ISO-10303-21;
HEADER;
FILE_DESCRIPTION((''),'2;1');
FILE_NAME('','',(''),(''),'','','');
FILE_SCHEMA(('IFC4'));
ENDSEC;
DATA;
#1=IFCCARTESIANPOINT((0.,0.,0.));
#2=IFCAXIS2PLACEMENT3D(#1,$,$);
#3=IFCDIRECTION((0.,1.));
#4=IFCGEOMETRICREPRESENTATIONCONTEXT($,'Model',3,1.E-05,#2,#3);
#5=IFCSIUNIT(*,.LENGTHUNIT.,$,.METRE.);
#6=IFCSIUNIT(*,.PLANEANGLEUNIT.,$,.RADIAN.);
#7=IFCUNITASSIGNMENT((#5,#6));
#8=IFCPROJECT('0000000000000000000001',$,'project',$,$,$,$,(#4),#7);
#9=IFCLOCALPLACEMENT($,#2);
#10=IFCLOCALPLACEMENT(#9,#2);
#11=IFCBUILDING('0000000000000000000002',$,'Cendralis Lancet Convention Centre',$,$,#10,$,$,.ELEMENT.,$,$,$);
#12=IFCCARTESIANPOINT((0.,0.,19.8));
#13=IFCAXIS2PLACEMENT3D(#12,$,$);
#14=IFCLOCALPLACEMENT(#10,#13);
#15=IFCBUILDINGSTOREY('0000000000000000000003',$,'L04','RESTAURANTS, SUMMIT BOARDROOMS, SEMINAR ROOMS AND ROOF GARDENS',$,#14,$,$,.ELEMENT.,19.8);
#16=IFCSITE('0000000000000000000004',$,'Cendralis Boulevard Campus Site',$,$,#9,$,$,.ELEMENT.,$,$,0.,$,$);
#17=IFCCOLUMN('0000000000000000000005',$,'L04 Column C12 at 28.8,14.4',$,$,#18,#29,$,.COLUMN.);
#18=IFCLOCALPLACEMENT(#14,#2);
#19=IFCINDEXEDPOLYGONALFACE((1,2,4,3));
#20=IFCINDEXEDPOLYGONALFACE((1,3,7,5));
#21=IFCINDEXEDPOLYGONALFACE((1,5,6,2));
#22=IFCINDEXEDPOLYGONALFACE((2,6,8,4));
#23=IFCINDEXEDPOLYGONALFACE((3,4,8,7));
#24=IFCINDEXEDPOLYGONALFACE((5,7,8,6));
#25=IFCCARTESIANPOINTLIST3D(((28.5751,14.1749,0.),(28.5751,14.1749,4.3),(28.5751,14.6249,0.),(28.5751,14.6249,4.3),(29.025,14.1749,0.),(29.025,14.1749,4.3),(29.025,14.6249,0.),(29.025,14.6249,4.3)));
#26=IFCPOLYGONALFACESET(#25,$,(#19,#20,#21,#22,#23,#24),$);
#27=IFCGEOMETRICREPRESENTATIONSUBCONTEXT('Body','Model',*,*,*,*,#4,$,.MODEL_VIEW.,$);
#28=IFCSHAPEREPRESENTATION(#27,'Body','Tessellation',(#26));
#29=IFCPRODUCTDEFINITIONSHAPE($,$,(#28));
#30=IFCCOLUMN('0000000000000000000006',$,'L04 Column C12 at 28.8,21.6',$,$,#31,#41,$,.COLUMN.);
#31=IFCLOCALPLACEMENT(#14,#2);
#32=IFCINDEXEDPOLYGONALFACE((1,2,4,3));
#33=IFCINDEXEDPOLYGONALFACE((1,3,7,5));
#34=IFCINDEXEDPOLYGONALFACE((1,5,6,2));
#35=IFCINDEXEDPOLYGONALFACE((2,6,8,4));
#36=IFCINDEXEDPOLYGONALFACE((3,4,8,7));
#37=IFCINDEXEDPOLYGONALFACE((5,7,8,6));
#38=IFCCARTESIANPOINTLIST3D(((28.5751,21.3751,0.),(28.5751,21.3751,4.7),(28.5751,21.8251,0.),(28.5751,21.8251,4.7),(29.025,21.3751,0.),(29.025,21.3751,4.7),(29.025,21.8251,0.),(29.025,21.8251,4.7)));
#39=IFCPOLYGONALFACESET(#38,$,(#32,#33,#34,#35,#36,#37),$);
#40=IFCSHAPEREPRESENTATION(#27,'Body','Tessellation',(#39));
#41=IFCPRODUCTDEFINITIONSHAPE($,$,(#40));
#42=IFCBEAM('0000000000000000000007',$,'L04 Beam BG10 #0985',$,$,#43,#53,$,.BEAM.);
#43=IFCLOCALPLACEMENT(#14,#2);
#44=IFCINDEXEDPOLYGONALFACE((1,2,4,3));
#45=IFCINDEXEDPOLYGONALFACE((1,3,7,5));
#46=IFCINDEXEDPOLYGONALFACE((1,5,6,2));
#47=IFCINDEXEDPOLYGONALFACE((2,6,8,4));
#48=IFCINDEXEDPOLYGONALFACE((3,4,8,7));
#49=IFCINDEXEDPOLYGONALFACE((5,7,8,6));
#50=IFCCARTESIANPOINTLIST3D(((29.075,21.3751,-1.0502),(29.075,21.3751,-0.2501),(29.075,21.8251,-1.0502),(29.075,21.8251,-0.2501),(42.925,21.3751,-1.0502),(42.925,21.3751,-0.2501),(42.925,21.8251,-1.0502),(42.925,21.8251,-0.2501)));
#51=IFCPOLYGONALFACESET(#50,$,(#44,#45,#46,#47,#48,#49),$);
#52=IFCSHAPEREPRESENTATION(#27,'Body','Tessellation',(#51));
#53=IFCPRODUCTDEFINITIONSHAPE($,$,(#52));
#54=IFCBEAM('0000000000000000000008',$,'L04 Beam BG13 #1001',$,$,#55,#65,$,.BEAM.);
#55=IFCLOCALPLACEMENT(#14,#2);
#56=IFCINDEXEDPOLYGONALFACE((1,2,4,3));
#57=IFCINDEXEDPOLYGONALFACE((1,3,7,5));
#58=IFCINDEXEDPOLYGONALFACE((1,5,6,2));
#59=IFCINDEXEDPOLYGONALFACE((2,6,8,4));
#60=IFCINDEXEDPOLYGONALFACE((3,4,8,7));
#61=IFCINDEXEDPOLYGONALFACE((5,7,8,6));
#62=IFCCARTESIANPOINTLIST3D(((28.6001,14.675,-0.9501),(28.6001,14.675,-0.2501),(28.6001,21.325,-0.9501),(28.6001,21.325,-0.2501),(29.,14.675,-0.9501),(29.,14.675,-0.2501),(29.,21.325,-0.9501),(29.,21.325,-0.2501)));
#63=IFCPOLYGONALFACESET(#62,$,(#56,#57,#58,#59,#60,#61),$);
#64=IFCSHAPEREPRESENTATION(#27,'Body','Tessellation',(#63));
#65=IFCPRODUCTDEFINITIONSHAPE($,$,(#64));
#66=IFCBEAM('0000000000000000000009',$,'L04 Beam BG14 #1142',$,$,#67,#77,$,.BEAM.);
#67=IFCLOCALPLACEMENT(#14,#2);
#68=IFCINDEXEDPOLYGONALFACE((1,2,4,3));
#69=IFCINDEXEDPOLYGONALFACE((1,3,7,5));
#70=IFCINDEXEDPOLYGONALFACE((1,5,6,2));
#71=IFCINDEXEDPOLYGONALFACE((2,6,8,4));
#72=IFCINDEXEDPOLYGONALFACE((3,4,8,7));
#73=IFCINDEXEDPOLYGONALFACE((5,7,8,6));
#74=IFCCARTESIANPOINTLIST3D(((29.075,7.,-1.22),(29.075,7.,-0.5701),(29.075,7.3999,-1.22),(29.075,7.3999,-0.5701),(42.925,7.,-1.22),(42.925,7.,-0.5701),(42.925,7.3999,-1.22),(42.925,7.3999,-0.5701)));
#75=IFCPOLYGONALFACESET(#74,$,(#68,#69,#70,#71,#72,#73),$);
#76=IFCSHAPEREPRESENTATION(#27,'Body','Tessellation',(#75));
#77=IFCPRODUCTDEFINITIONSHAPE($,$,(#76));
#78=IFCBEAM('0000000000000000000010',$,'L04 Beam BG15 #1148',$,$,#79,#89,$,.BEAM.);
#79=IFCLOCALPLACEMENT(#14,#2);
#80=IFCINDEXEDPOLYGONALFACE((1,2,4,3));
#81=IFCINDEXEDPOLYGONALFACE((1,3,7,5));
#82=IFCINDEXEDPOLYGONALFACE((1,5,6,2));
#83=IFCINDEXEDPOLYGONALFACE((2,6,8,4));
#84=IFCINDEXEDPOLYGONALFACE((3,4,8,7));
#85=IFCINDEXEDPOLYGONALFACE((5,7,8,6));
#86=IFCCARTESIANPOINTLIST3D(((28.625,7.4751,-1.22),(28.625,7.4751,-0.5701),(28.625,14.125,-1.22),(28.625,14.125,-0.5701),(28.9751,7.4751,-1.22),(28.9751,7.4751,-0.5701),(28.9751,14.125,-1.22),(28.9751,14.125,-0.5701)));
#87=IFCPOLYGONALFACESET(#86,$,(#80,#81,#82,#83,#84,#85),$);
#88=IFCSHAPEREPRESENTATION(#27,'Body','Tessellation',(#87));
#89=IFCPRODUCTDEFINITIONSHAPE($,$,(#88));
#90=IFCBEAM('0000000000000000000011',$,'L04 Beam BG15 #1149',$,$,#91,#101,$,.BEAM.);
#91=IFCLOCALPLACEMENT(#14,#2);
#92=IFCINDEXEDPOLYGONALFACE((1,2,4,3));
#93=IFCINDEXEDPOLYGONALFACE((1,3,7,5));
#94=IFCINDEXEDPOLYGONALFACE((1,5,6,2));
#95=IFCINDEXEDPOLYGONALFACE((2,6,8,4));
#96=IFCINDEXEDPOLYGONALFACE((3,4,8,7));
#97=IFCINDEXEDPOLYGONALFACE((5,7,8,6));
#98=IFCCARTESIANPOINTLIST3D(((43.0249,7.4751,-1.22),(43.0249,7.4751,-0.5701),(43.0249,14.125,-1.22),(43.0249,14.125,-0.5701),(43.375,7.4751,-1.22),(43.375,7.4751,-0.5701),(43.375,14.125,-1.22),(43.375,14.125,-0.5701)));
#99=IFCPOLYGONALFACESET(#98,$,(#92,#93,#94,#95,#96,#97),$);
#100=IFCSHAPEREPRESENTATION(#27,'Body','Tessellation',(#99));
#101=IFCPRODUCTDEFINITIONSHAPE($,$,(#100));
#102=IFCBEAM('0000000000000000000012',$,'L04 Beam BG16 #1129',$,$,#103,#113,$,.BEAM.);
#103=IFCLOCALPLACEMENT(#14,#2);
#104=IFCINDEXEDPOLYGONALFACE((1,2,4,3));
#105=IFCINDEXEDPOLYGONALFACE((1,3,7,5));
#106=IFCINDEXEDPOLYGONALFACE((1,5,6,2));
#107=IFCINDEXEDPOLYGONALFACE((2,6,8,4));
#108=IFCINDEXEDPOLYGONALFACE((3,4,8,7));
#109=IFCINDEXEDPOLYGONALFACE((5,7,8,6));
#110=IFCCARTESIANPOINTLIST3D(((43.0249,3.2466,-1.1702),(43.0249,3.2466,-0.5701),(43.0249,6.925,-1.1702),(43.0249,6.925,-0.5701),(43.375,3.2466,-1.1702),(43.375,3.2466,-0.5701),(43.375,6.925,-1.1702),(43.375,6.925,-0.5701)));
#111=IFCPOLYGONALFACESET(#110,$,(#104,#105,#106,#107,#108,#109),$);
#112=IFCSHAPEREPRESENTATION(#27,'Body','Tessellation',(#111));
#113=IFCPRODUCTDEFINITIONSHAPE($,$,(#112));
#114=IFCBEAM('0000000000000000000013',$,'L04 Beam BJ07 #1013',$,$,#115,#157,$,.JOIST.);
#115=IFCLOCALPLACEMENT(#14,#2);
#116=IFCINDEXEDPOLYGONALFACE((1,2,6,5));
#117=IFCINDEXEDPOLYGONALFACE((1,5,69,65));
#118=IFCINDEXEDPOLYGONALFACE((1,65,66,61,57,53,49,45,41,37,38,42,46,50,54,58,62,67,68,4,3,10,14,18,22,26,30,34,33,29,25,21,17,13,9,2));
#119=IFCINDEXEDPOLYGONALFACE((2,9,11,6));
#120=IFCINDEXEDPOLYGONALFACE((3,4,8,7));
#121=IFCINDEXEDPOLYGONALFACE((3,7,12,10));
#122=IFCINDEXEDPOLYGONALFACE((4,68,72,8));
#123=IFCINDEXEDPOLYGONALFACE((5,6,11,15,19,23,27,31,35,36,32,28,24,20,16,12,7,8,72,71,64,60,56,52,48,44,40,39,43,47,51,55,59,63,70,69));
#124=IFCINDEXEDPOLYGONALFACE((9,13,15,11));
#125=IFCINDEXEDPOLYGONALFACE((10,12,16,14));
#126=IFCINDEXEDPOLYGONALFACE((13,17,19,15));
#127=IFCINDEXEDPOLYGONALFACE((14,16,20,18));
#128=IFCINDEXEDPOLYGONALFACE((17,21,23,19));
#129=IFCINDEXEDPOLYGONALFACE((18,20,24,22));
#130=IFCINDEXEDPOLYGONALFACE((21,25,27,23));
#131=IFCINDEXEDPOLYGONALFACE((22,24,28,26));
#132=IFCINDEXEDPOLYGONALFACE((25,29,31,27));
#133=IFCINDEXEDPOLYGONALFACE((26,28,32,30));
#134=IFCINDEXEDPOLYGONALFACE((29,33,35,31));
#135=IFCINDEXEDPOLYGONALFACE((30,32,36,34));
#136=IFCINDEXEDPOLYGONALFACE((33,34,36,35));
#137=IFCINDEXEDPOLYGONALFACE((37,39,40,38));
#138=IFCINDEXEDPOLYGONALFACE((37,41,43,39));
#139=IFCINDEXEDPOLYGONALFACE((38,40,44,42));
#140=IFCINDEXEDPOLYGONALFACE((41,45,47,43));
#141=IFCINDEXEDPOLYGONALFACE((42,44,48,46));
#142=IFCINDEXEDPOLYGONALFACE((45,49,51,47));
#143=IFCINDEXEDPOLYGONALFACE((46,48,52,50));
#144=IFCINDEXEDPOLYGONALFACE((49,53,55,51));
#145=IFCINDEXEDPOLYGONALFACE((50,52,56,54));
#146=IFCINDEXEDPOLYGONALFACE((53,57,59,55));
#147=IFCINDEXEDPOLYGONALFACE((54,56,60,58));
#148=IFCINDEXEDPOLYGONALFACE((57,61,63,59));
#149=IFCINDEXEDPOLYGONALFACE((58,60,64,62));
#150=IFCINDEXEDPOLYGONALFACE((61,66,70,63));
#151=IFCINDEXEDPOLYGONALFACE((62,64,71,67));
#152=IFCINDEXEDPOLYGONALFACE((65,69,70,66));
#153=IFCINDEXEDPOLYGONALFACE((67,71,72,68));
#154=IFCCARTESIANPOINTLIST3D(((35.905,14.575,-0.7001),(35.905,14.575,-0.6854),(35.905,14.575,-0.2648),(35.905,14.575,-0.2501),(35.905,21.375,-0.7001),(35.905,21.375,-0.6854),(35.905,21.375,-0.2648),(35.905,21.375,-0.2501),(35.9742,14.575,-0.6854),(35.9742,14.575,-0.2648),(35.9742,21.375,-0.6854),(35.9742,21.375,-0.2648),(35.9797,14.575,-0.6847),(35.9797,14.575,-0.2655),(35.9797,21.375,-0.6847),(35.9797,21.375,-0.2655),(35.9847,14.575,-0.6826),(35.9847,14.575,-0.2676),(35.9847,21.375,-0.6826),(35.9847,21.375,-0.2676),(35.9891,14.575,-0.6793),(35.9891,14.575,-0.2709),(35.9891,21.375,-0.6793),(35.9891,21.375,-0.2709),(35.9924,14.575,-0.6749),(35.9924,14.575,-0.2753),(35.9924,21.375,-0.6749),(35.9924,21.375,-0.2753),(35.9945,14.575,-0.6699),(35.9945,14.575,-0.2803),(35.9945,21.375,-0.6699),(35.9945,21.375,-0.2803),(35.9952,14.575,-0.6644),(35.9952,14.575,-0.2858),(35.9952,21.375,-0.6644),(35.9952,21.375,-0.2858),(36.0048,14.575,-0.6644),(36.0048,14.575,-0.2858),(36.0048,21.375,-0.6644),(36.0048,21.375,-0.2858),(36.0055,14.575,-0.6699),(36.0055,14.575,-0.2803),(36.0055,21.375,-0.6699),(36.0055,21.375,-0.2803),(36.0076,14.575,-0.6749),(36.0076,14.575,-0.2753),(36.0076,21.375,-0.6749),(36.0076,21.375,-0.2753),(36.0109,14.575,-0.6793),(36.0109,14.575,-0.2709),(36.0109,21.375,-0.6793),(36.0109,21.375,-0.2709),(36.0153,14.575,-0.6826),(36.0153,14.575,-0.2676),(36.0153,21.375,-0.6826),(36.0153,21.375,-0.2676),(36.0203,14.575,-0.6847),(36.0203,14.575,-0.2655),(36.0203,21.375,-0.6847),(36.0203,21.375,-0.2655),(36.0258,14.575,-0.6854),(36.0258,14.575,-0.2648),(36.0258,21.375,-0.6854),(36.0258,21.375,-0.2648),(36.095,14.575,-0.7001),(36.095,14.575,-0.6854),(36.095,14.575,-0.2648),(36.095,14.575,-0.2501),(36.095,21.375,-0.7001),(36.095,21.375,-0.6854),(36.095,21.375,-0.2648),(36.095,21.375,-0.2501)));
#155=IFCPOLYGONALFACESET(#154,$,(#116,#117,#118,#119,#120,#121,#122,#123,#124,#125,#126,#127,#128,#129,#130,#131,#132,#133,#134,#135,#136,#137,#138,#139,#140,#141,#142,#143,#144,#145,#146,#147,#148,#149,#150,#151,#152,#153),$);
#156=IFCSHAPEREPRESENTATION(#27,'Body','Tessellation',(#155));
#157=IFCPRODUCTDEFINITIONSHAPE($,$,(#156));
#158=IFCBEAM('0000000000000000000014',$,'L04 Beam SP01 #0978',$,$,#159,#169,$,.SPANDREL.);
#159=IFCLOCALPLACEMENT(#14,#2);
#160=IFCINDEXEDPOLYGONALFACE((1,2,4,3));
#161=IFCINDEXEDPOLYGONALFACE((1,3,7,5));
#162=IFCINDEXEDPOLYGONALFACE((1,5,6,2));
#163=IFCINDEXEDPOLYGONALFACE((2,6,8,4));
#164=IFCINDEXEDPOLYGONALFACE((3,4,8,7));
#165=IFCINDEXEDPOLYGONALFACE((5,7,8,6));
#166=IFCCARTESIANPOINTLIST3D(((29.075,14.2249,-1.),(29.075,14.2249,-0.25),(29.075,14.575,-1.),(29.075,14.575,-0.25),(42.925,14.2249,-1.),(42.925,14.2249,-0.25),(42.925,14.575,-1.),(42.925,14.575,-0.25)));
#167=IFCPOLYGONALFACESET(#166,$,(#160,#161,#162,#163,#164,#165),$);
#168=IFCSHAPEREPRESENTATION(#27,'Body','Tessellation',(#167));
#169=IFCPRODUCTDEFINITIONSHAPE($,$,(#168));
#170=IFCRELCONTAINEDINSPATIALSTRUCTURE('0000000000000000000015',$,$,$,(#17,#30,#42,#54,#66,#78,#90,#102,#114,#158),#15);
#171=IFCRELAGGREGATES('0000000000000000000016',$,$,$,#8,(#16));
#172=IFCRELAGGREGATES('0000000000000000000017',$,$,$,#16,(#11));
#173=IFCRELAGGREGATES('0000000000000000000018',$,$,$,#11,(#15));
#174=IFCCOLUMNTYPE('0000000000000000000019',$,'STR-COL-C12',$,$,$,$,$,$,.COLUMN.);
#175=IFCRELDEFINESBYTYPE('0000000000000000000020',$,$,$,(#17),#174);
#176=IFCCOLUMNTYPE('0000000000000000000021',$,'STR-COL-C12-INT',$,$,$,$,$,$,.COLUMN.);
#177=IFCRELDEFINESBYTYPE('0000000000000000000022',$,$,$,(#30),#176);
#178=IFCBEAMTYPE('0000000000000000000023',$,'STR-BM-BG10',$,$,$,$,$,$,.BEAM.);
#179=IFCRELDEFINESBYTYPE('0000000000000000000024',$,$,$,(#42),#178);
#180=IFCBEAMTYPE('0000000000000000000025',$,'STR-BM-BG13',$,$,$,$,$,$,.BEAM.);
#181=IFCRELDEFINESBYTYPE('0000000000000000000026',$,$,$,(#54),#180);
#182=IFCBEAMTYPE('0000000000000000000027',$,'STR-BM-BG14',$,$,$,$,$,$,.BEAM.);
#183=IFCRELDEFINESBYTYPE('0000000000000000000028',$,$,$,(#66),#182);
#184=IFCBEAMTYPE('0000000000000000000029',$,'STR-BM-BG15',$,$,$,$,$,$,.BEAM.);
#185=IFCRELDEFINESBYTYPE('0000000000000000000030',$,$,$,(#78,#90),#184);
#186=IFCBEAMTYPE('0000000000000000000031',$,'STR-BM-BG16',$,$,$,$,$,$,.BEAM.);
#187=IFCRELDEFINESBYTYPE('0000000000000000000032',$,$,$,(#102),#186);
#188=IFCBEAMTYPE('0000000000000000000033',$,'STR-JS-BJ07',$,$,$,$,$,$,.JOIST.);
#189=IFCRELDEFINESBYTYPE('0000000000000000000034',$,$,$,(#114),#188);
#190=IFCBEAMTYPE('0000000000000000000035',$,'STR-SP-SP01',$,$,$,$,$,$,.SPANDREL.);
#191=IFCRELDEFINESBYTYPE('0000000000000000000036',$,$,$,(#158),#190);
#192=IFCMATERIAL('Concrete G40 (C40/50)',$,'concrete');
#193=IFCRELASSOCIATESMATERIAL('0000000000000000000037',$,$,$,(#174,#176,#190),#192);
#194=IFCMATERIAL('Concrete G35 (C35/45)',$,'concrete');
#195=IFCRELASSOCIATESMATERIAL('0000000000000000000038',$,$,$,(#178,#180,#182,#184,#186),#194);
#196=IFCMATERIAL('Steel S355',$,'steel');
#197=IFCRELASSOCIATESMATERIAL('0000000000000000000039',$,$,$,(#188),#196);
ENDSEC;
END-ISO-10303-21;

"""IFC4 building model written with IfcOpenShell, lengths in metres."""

from ifc_helpers import new_model, si_unit, direction, frame, origin, origin_2d, place, context, subcontext, project, spatial, rectangle, i_section, extrude, material, material_profile, profile_set, type_object, element, save


model = new_model("IFC4")

# Units and contexts
model_context = context("Model", 3, precision=1e-05, world=origin(), true_north=direction((0.0, 1.0)))
body_context = subcontext(model_context, "Body", "Model", "MODEL_VIEW")
ifc_project = project(units=[si_unit("LENGTHUNIT", "METRE"), si_unit("PLANEANGLEUNIT", "RADIAN")], contexts=[model_context])

# Site, building, storey
site_placement = place(None, origin())
site = spatial("IfcSite", under=ifc_project, at=site_placement, Name="Cendralis Boulevard Campus Site", CompositionType="ELEMENT", RefElevation=0.0)
building_placement = place(site_placement, origin())
building = spatial("IfcBuilding", under=site, at=building_placement, Name="Cendralis Lancet Convention Centre", CompositionType="ELEMENT")
storey_placement = place(building_placement, frame((0.0, 0.0, 19.8)))
storey = spatial("IfcBuildingStorey", under=building, at=storey_placement, Name="L04", Description="RESTAURANTS, SUMMIT BOARDROOMS, SEMINAR ROOMS AND ROOF GARDENS", CompositionType="ELEMENT", Elevation=19.8)

# Columns
ifc_material_1 = material(Name="Concrete G40 (C40/50)", Category="concrete")
ifc_material_profile_1 = material_profile(ifc_material_1, rectangle(XDim=0.45, YDim=0.45, at=origin_2d()), Name="RC 450x450")
ifc_profile_set_1 = profile_set([ifc_material_profile_1], Name="Concrete G40 (C40/50)")
column_type_1 = type_object("IfcColumnType", Name="STR-COL-C12", PredefinedType="COLUMN", material=ifc_profile_set_1)
column_1_placement = place(storey_placement, frame((28.8, 14.3999, 0.0), z_axis=(0.0, 0.0, 1.0), x_axis=(1.0, 0.0, 0.0)))
element("IfcColumn", 1, at=column_1_placement, inside=storey, type_object=column_type_1, Name="L04 Column C12 at 28.8,14.4", PredefinedType="COLUMN", context=body_context, shape_type="SweptSolid", body=[
    extrude(rectangle(XDim=0.45, YDim=0.45, at=origin_2d()), origin(), (0.0, 0.0, 1.0), 4.3),
])
ifc_material_profile_2 = material_profile(ifc_material_1, rectangle(XDim=0.45, YDim=0.45, at=origin_2d()), Name="RC 450x450")
ifc_profile_set_2 = profile_set([ifc_material_profile_2], Name="Concrete G40 (C40/50)")
column_type_2 = type_object("IfcColumnType", Name="STR-COL-C12-INT", PredefinedType="COLUMN", material=ifc_profile_set_2)
column_2_placement = place(storey_placement, frame((28.8, 21.6001, 0.0), z_axis=(0.0, 0.0, 1.0), x_axis=(1.0, 0.0, 0.0)))
element("IfcColumn", 2, at=column_2_placement, inside=storey, type_object=column_type_2, Name="L04 Column C12 at 28.8,21.6", PredefinedType="COLUMN", context=body_context, shape_type="SweptSolid", body=[
    extrude(rectangle(XDim=0.45, YDim=0.45, at=origin_2d()), origin(), (0.0, 0.0, 1.0), 4.7),
])

# Beams
ifc_material_2 = material(Name="Concrete G35 (C35/45)", Category="concrete")
ifc_material_profile_3 = material_profile(ifc_material_2, rectangle(XDim=0.45, YDim=0.8, at=origin_2d()), Name="RCB 450x800")
ifc_profile_set_3 = profile_set([ifc_material_profile_3], Name="Concrete G35 (C35/45)")
beam_type_1 = type_object("IfcBeamType", Name="STR-BM-BG10", PredefinedType="BEAM", material=ifc_profile_set_3)
beam_1_placement = place(storey_placement, frame((29.075, 21.6001, -0.6501), z_axis=(1.0, 0.0, 0.0), x_axis=(0.0, 1.0, 0.0)))
element("IfcBeam", 3, at=beam_1_placement, inside=storey, type_object=beam_type_1, Name="L04 Beam BG10 #0985", PredefinedType="BEAM", context=body_context, shape_type="SweptSolid", body=[
    extrude(rectangle(XDim=0.45, YDim=0.8, at=origin_2d()), origin(), (0.0, 0.0, 1.0), 13.8501),
])
ifc_material_profile_4 = material_profile(ifc_material_2, rectangle(XDim=0.3999, YDim=0.7, at=origin_2d()), Name="RCB 400x700")
ifc_profile_set_4 = profile_set([ifc_material_profile_4], Name="Concrete G35 (C35/45)")
beam_type_2 = type_object("IfcBeamType", Name="STR-BM-BG13", PredefinedType="BEAM", material=ifc_profile_set_4)
beam_2_placement = place(storey_placement, frame((28.8, 14.675, -0.6001), z_axis=(0.0, 1.0, 0.0), x_axis=(-1.0, 0.0, 0.0)))
element("IfcBeam", 4, at=beam_2_placement, inside=storey, type_object=beam_type_2, Name="L04 Beam BG13 #1001", PredefinedType="BEAM", context=body_context, shape_type="SweptSolid", body=[
    extrude(rectangle(XDim=0.3999, YDim=0.7, at=origin_2d()), origin(), (0.0, 0.0, 1.0), 6.6499),
])
ifc_material_profile_5 = material_profile(ifc_material_2, rectangle(XDim=0.3999, YDim=0.6499, at=origin_2d()), Name="RCB 400x650")
ifc_profile_set_5 = profile_set([ifc_material_profile_5], Name="Concrete G35 (C35/45)")
beam_type_3 = type_object("IfcBeamType", Name="STR-BM-BG14", PredefinedType="BEAM", material=ifc_profile_set_5)
beam_3_placement = place(storey_placement, frame((29.075, 7.2, -0.895), z_axis=(1.0, 0.0, 0.0), x_axis=(0.0, 1.0, 0.0)))
element("IfcBeam", 5, at=beam_3_placement, inside=storey, type_object=beam_type_3, Name="L04 Beam BG14 #1142", PredefinedType="BEAM", context=body_context, shape_type="SweptSolid", body=[
    extrude(rectangle(XDim=0.3999, YDim=0.6499, at=origin_2d()), origin(), (0.0, 0.0, 1.0), 13.8501),
])
ifc_material_profile_6 = material_profile(ifc_material_2, rectangle(XDim=0.3501, YDim=0.6499, at=origin_2d()), Name="RCB 350x650")
ifc_profile_set_6 = profile_set([ifc_material_profile_6], Name="Concrete G35 (C35/45)")
beam_type_4 = type_object("IfcBeamType", Name="STR-BM-BG15", PredefinedType="BEAM", material=ifc_profile_set_6)
for number, where, z_axis, x_axis, name in (
    (6, (28.8, 7.4751, -0.895), (0.0, 1.0, 0.0), (-1.0, 0.0, 0.0), "L04 Beam BG15 #1148"),
    (7, (43.2, 7.4751, -0.895), (0.0, 1.0, 0.0), (-1.0, 0.0, 0.0), "L04 Beam BG15 #1149"),
):
    element("IfcBeam", number, at=place(storey_placement, frame(where, z_axis=z_axis, x_axis=x_axis)), inside=storey, type_object=beam_type_4, Name=name, PredefinedType="BEAM", context=body_context, shape_type="SweptSolid", body=[
        extrude(rectangle(XDim=0.3501, YDim=0.6499, at=origin_2d()), origin(), (0.0, 0.0, 1.0), 6.6499),
    ])
ifc_material_profile_7 = material_profile(ifc_material_2, rectangle(XDim=0.3501, YDim=0.6001, at=origin_2d()), Name="RCB 350x600")
ifc_profile_set_7 = profile_set([ifc_material_profile_7], Name="Concrete G35 (C35/45)")
beam_type_5 = type_object("IfcBeamType", Name="STR-BM-BG16", PredefinedType="BEAM", material=ifc_profile_set_7)
beam_4_placement = place(storey_placement, frame((43.2, 3.2466, -0.8701), z_axis=(0.0, 1.0, 0.0), x_axis=(-1.0, 0.0, 0.0)))
element("IfcBeam", 8, at=beam_4_placement, inside=storey, type_object=beam_type_5, Name="L04 Beam BG16 #1129", PredefinedType="BEAM", context=body_context, shape_type="SweptSolid", body=[
    extrude(rectangle(XDim=0.3501, YDim=0.6001, at=origin_2d()), origin(), (0.0, 0.0, 1.0), 3.6785),
])
ifc_material_3 = material(Name="Steel S355", Category="steel")
ifc_material_profile_8 = material_profile(ifc_material_3, i_section(OverallWidth=0.1899, OverallDepth=0.45, WebThickness=0.0095, FlangeThickness=0.0146, FilletRadius=0.021, at=origin_2d()), Name="IPE 450")
ifc_profile_set_8 = profile_set([ifc_material_profile_8], Name="Steel S355")
beam_type_6 = type_object("IfcBeamType", Name="STR-JS-BJ07", PredefinedType="JOIST", material=ifc_profile_set_8)
beam_5_placement = place(storey_placement, frame((36.0, 14.575, -0.4751), z_axis=(0.0, 1.0, 0.0), x_axis=(-1.0, 0.0, 0.0)))
element("IfcBeam", 9, at=beam_5_placement, inside=storey, type_object=beam_type_6, Name="L04 Beam BJ07 #1013", PredefinedType="JOIST", context=body_context, shape_type="SweptSolid", body=[
    extrude(i_section(OverallWidth=0.1899, OverallDepth=0.45, WebThickness=0.0095, FlangeThickness=0.0146, FilletRadius=0.021, at=origin_2d()), origin(), (0.0, 0.0, 1.0), 6.8),
])
ifc_material_profile_9 = material_profile(ifc_material_1, rectangle(XDim=0.3501, YDim=0.75, at=origin_2d()), Name="RCB 350x750")
ifc_profile_set_9 = profile_set([ifc_material_profile_9], Name="Concrete G40 (C40/50)")
beam_type_7 = type_object("IfcBeamType", Name="STR-SP-SP01", PredefinedType="SPANDREL", material=ifc_profile_set_9)
beam_6_placement = place(storey_placement, frame((29.075, 14.3999, -0.625), z_axis=(1.0, 0.0, 0.0), x_axis=(0.0, 1.0, 0.0)))
element("IfcBeam", 10, at=beam_6_placement, inside=storey, type_object=beam_type_7, Name="L04 Beam SP01 #0978", PredefinedType="SPANDREL", context=body_context, shape_type="SweptSolid", body=[
    extrude(rectangle(XDim=0.3501, YDim=0.75, at=origin_2d()), origin(), (0.0, 0.0, 1.0), 13.8501),
])

save(model, "model.ifc")
